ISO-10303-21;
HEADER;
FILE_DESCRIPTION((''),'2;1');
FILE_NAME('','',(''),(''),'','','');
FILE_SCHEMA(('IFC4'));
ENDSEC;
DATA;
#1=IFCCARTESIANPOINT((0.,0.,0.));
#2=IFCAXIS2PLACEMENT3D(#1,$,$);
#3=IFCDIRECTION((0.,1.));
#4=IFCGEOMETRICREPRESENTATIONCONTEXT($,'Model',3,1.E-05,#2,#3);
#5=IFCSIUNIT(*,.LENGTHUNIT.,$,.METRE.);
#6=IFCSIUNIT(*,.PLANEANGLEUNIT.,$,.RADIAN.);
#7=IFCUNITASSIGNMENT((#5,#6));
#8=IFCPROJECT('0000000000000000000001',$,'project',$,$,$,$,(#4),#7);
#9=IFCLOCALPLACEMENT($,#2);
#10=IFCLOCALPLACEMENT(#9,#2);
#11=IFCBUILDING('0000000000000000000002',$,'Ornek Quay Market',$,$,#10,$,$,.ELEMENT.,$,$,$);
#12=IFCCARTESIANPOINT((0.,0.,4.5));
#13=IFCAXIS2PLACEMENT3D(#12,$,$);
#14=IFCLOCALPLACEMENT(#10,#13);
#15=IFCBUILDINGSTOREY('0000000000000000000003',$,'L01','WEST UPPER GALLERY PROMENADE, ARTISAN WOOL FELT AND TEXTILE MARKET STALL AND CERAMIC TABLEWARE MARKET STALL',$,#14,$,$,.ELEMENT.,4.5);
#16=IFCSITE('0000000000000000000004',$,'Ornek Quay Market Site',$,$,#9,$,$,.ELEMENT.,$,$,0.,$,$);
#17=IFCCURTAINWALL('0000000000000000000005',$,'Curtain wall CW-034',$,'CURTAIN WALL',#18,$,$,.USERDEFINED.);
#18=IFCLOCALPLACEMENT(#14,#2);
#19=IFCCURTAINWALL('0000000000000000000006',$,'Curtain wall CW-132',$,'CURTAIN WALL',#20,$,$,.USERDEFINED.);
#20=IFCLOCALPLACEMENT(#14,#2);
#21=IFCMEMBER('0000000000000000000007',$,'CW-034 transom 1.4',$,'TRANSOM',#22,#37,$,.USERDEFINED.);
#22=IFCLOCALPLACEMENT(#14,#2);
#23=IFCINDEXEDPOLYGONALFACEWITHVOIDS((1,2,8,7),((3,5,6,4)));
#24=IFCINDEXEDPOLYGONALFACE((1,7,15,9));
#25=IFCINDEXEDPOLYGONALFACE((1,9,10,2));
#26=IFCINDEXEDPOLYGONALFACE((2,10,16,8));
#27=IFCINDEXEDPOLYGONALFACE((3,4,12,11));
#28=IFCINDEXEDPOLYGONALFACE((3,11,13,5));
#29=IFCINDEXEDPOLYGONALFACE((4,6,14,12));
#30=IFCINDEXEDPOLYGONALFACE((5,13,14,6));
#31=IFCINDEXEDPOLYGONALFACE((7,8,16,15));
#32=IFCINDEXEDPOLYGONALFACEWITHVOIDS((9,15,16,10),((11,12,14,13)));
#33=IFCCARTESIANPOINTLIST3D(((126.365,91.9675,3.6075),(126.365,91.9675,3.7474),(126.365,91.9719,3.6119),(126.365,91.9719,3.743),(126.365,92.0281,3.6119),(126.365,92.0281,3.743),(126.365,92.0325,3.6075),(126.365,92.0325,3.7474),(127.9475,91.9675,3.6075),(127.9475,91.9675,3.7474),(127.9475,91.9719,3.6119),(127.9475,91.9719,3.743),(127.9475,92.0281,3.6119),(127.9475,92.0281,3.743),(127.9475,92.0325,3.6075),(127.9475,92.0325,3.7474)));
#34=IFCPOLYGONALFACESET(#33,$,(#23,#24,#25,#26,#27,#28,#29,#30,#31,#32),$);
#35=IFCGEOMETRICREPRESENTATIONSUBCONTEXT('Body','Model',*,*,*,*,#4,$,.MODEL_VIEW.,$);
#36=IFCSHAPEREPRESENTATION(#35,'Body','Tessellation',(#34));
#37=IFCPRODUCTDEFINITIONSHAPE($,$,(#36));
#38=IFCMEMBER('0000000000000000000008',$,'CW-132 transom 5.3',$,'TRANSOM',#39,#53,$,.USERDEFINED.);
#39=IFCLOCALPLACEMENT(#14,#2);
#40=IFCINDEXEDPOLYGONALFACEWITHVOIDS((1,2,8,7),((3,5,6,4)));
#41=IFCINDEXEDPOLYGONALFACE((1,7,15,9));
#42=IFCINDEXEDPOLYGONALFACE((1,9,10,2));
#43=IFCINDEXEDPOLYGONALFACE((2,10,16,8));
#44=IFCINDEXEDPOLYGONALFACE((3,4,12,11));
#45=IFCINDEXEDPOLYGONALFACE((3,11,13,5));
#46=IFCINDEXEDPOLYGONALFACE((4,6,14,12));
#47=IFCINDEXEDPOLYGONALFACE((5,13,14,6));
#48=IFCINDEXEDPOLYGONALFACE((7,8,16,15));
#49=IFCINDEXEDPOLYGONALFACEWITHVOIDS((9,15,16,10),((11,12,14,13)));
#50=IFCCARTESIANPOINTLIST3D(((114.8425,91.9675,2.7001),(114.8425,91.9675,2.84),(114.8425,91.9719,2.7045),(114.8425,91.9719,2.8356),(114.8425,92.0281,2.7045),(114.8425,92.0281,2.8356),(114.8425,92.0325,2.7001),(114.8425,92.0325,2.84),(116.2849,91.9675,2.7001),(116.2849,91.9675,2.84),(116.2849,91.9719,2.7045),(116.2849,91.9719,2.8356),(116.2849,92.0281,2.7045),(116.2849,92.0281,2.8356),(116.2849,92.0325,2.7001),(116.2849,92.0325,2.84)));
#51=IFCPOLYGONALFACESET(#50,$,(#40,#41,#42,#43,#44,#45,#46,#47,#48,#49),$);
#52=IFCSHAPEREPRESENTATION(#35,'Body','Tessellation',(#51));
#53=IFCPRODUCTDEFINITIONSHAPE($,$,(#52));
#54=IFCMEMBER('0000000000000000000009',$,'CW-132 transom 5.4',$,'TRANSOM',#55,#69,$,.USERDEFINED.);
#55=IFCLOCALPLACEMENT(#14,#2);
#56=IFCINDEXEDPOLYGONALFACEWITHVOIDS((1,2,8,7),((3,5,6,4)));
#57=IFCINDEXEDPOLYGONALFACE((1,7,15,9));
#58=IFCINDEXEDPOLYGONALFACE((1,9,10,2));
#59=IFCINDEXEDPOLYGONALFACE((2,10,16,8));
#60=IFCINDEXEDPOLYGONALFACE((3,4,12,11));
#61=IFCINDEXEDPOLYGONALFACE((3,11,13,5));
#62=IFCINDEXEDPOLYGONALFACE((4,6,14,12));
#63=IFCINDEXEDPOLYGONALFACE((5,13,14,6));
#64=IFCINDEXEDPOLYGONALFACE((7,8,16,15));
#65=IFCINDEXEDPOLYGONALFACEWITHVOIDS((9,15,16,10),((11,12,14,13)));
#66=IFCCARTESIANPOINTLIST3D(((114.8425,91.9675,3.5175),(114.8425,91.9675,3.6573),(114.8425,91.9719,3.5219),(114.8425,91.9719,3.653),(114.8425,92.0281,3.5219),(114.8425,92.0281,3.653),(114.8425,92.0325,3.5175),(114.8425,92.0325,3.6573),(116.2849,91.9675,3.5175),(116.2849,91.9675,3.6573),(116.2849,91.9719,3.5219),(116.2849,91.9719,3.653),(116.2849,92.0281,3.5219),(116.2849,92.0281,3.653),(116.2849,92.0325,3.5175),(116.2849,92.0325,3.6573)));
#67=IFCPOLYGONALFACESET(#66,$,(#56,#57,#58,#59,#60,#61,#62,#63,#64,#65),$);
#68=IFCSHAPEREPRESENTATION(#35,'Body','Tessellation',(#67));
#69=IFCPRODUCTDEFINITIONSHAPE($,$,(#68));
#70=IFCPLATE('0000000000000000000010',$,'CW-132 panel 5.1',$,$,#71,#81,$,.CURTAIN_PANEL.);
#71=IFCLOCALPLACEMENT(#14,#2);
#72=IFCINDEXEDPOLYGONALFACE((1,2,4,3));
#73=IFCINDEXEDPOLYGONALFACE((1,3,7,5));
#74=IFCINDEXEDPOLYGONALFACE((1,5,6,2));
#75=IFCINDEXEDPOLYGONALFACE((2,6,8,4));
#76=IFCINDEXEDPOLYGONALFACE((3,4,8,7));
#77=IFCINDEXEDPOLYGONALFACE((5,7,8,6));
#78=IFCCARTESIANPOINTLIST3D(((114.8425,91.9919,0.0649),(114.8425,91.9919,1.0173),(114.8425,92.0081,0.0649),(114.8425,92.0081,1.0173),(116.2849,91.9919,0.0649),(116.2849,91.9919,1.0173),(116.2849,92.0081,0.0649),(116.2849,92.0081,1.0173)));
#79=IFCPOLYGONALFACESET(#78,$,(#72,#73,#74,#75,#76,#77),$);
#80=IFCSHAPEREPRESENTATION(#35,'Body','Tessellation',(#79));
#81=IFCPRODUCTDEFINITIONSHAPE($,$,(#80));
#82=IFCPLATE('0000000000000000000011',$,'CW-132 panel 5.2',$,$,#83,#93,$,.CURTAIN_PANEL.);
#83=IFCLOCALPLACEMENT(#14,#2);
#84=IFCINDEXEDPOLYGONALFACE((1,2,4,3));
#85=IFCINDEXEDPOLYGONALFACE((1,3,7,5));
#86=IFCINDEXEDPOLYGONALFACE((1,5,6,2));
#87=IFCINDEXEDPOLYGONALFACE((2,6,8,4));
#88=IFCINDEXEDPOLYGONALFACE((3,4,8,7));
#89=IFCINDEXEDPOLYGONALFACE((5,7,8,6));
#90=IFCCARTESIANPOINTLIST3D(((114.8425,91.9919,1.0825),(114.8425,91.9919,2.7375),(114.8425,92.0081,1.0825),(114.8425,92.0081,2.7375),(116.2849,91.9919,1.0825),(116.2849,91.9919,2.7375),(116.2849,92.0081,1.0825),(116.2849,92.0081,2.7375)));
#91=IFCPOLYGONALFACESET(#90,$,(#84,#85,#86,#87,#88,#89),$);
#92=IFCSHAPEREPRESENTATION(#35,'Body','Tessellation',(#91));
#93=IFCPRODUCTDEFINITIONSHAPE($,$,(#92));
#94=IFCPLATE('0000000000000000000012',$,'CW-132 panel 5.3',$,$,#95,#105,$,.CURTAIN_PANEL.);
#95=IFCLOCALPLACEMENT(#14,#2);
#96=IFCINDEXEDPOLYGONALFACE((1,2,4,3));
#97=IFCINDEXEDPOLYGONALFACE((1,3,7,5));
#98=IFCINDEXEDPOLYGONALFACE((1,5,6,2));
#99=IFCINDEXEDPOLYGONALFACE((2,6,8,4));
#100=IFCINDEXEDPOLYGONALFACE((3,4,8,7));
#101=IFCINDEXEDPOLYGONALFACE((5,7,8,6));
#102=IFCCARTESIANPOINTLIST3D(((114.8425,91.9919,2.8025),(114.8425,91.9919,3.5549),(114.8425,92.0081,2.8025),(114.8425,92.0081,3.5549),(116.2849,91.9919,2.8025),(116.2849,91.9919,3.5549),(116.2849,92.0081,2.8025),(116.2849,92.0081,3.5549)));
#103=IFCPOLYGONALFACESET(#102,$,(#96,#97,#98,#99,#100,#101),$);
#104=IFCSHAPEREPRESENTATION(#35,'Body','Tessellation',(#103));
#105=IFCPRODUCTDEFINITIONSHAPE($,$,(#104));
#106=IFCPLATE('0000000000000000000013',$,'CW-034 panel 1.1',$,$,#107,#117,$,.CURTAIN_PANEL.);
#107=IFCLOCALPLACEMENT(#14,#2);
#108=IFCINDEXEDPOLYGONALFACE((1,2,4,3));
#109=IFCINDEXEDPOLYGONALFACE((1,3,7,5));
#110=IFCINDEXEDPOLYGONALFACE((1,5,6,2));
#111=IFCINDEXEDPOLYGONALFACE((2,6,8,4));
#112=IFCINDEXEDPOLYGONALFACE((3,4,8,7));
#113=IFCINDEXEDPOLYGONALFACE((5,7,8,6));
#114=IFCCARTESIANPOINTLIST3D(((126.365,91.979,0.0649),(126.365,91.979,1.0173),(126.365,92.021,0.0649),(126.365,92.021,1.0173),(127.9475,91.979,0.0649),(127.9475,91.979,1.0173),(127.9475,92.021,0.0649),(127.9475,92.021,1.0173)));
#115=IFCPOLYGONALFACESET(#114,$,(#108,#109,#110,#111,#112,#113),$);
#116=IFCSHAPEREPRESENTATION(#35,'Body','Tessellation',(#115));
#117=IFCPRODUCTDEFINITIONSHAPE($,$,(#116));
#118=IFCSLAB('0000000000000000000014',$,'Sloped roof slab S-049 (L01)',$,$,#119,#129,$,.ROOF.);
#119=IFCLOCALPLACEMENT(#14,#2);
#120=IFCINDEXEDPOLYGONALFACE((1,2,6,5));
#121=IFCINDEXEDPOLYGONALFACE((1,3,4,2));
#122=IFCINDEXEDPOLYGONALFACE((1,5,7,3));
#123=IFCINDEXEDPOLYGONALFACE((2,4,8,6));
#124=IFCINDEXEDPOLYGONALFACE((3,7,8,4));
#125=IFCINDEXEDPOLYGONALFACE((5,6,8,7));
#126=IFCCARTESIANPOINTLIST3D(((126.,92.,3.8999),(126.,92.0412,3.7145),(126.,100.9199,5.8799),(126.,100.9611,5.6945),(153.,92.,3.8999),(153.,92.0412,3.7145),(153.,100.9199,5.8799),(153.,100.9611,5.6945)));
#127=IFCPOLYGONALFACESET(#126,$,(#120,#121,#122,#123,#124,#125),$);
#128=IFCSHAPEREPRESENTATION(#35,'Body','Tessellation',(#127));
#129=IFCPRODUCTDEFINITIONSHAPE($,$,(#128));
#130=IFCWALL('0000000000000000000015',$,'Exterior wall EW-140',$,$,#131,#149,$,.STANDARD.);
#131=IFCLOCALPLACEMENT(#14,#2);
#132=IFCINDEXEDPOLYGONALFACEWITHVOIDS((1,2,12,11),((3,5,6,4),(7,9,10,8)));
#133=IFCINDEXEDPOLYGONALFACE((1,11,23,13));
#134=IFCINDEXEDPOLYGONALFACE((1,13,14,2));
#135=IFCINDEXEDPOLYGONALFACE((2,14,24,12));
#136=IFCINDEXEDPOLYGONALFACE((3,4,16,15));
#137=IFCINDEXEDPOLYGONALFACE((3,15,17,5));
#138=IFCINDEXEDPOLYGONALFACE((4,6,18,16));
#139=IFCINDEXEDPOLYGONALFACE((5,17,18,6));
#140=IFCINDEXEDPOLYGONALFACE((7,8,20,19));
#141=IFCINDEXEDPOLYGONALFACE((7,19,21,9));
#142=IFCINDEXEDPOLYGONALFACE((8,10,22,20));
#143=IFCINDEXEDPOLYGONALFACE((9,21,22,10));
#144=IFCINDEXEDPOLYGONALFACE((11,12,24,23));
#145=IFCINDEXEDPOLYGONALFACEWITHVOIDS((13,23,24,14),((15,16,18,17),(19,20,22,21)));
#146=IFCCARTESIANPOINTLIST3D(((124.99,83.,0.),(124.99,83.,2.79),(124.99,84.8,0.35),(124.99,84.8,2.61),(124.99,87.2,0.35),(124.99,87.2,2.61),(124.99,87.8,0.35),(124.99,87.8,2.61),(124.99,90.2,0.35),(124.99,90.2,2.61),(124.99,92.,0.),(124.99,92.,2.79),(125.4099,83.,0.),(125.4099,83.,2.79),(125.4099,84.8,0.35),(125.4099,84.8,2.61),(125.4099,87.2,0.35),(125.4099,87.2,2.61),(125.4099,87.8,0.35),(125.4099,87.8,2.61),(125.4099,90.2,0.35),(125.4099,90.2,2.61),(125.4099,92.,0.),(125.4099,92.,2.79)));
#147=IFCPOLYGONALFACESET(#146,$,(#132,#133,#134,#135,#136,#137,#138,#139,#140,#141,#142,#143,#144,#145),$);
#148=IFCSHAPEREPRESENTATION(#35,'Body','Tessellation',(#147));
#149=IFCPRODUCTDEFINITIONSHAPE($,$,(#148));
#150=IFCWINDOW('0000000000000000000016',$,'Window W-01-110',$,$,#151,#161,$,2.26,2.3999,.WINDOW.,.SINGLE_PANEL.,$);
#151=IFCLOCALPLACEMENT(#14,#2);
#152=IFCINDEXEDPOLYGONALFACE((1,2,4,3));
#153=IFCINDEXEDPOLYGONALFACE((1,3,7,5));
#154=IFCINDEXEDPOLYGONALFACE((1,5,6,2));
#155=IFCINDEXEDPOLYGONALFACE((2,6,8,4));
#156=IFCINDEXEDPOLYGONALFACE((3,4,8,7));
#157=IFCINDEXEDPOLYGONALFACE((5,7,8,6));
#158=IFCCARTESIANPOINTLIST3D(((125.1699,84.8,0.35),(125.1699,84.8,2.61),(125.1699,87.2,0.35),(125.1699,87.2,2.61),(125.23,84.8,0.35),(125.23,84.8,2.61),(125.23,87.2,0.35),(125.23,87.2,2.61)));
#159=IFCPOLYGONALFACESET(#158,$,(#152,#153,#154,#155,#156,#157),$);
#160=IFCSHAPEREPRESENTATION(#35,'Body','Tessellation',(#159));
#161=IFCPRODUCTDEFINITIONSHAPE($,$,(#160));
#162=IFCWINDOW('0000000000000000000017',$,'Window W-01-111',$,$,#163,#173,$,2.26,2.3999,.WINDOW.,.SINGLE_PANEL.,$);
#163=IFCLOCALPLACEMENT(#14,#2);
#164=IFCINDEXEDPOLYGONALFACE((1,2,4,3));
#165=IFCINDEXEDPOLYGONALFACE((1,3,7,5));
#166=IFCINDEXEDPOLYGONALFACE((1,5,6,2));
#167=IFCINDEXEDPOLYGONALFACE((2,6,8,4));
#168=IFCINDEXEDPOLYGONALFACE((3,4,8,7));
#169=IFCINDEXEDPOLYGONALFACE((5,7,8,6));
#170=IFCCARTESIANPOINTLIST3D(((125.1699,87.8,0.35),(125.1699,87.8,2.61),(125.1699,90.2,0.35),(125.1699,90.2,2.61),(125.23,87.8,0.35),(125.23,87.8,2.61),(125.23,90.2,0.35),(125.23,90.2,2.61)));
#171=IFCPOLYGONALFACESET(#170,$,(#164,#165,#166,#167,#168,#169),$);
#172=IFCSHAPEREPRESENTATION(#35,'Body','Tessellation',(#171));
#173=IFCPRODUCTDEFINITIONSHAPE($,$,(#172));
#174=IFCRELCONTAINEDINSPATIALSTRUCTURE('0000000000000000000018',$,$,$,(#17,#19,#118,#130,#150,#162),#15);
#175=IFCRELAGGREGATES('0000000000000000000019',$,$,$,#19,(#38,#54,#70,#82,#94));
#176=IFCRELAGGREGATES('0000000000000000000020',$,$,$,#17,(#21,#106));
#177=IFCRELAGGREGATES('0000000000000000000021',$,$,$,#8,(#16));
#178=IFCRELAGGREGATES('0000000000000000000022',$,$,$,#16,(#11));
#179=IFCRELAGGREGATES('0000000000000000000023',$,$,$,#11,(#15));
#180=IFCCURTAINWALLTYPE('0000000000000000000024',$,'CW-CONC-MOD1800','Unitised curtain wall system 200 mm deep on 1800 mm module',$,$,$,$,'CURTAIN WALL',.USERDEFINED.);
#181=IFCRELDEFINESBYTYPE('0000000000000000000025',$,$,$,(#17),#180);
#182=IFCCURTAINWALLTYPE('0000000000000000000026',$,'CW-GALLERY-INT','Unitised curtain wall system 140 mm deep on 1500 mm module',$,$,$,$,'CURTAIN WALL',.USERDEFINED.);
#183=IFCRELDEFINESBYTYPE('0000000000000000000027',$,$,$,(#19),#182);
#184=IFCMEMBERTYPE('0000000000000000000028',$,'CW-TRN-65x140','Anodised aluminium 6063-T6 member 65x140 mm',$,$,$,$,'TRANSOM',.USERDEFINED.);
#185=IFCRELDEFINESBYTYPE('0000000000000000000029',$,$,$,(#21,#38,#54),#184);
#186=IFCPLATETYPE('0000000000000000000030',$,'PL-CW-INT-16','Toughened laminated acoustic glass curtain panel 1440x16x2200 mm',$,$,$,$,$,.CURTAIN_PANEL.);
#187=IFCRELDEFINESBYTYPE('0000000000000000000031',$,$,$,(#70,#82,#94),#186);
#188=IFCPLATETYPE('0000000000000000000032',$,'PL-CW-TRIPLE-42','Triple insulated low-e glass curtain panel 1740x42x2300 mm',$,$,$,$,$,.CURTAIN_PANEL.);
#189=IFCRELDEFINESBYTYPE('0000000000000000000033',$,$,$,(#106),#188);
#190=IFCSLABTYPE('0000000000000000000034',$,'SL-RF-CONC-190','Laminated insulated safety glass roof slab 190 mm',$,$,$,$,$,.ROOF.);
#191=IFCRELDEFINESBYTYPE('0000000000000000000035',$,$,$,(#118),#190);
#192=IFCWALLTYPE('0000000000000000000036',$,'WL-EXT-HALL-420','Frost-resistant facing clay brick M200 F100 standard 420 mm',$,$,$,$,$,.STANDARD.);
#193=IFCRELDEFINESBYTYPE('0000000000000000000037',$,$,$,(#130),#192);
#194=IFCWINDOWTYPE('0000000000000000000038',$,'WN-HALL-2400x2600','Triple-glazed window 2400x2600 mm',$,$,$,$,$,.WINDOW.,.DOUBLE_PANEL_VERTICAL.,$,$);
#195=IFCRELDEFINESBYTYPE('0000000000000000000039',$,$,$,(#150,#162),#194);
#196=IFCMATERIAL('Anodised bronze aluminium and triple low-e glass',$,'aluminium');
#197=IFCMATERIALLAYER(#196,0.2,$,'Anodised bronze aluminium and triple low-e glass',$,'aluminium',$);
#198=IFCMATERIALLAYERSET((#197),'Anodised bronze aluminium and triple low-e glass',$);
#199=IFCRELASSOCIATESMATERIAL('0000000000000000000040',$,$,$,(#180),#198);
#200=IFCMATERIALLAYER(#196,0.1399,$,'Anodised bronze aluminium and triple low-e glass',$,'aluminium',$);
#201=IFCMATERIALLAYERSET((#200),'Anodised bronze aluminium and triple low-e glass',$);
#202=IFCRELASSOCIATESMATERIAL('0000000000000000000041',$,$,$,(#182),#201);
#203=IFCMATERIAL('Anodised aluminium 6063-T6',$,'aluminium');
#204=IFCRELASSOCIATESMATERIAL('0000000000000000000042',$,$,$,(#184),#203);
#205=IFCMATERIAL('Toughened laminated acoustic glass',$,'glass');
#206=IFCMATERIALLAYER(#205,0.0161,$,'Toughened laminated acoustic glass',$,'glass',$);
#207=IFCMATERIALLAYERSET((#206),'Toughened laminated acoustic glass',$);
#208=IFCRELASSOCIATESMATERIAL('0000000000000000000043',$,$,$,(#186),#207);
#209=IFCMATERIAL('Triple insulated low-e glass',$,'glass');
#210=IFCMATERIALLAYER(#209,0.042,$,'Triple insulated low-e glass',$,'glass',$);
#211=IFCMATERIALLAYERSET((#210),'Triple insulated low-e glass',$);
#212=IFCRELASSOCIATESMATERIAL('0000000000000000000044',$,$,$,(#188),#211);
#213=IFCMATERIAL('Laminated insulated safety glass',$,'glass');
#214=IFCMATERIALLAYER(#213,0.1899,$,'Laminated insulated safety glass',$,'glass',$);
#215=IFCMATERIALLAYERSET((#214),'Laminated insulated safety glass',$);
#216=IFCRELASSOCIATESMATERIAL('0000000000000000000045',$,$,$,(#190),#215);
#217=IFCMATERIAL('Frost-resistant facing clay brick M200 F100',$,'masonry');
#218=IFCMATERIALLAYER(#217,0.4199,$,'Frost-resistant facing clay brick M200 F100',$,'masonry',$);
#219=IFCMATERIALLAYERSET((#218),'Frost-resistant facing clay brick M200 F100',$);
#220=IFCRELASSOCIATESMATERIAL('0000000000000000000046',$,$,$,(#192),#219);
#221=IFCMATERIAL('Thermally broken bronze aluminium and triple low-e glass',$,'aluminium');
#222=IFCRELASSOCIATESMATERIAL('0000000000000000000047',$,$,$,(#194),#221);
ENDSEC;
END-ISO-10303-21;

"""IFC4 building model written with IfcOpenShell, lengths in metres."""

from ifc_helpers import new_model, si_unit, direction, frame, frame_2d, origin, origin_2d, place, context, subcontext, project, spatial, polyline, rectangle, hollow_rectangle, outline, extrude, material, layer, layer_set, material_profile, profile_set, type_object, element, fill, aggregate, save


model = new_model("IFC4")

# Units and contexts
model_context = context("Model", 3, precision=1e-05, world=origin(), true_north=direction((0.0, 1.0)))
body_context = subcontext(model_context, "Body", "Model", "MODEL_VIEW")
ifc_project = project(units=[si_unit("LENGTHUNIT", "METRE"), si_unit("PLANEANGLEUNIT", "RADIAN")], contexts=[model_context])

# Site, building, storey
site_placement = place(None, origin())
site = spatial("IfcSite", under=ifc_project, at=site_placement, Name="Ornek Quay Market Site", CompositionType="ELEMENT", RefElevation=0.0)
building_placement = place(site_placement, origin())
building = spatial("IfcBuilding", under=site, at=building_placement, Name="Ornek Quay Market", CompositionType="ELEMENT")
storey_placement = place(building_placement, frame((0.0, 0.0, 4.5)))
storey = spatial("IfcBuildingStorey", under=building, at=storey_placement, Name="L01", Description="WEST UPPER GALLERY PROMENADE, ARTISAN WOOL FELT AND TEXTILE MARKET STALL AND CERAMIC TABLEWARE MARKET STALL", CompositionType="ELEMENT", Elevation=4.5)

# Curtain walls
ifc_material_1 = material(Name="Anodised bronze aluminium and triple low-e glass", Category="aluminium")
ifc_layer_1 = layer(ifc_material_1, 0.2, Name="Anodised bronze aluminium and triple low-e glass", Category="aluminium")
ifc_layer_set_1 = layer_set([ifc_layer_1], Name="Anodised bronze aluminium and triple low-e glass")
curtain_wall_type_1 = type_object("IfcCurtainWallType", Name="CW-CONC-MOD1800", Description="Unitised curtain wall system 200 mm deep on 1800 mm module", ElementType="CURTAIN WALL", PredefinedType="USERDEFINED", material=ifc_layer_set_1)
curtain_wall_1_placement = place(storey_placement, origin())
curtain_wall_1 = element("IfcCurtainWall", 1, at=curtain_wall_1_placement, inside=storey, type_object=curtain_wall_type_1, Name="Curtain wall CW-034", ObjectType="CURTAIN WALL", PredefinedType="USERDEFINED")
ifc_material_2 = material(Name="Anodised aluminium 6063-T6", Category="aluminium")
ifc_layer_2 = layer(ifc_material_1, 0.1399, Name="Anodised bronze aluminium and triple low-e glass", Category="aluminium")
ifc_layer_set_2 = layer_set([ifc_layer_2], Name="Anodised bronze aluminium and triple low-e glass")
curtain_wall_type_2 = type_object("IfcCurtainWallType", Name="CW-GALLERY-INT", Description="Unitised curtain wall system 140 mm deep on 1500 mm module", ElementType="CURTAIN WALL", PredefinedType="USERDEFINED", material=ifc_layer_set_2)
curtain_wall_2_placement = place(storey_placement, origin())
curtain_wall_2 = element("IfcCurtainWall", 2, at=curtain_wall_2_placement, inside=storey, type_object=curtain_wall_type_2, Name="Curtain wall CW-132", ObjectType="CURTAIN WALL", PredefinedType="USERDEFINED")

# Members
ifc_material_profile_1 = material_profile(ifc_material_2, hollow_rectangle(XDim=0.0649, YDim=0.1399, WallThickness=0.0044, at=origin_2d()), Name="CW-TRN-65x140", Category="aluminium")
ifc_profile_set_1 = profile_set([ifc_material_profile_1], Name="Anodised aluminium 6063-T6")
member_type_1 = type_object("IfcMemberType", Name="CW-TRN-65x140", Description="Anodised aluminium 6063-T6 member 65x140 mm", ElementType="TRANSOM", PredefinedType="USERDEFINED", material=ifc_profile_set_1)
member_1_placement = place(storey_placement, frame((126.365, 92.0, 3.6775), z_axis=(1.0, 0.0, 0.0), x_axis=(0.0, 1.0, 0.0)))
member_1 = element("IfcMember", 3, at=member_1_placement, type_object=member_type_1, Name="CW-034 transom 1.4", ObjectType="TRANSOM", PredefinedType="USERDEFINED", context=body_context, shape_type="SweptSolid", body=[
    extrude(hollow_rectangle(XDim=0.0649, YDim=0.1399, WallThickness=0.0044, at=origin_2d()), origin(), (0.0, 0.0, 1.0), 1.5825),
])
member_2_placement = place(storey_placement, frame((114.8425, 92.0, 2.77), z_axis=(1.0, 0.0, 0.0), x_axis=(0.0, 1.0, 0.0)))
member_2 = element("IfcMember", 4, at=member_2_placement, type_object=member_type_1, Name="CW-132 transom 5.3", ObjectType="TRANSOM", PredefinedType="USERDEFINED", context=body_context, shape_type="SweptSolid", body=[
    extrude(hollow_rectangle(XDim=0.0649, YDim=0.1399, WallThickness=0.0044, at=origin_2d()), origin(), (0.0, 0.0, 1.0), 1.4424),
])
member_3_placement = place(storey_placement, frame((114.8425, 92.0, 3.5874), z_axis=(1.0, 0.0, 0.0), x_axis=(0.0, 1.0, 0.0)))
member_3 = element("IfcMember", 5, at=member_3_placement, type_object=member_type_1, Name="CW-132 transom 5.4", ObjectType="TRANSOM", PredefinedType="USERDEFINED", context=body_context, shape_type="SweptSolid", body=[
    extrude(hollow_rectangle(XDim=0.0649, YDim=0.1399, WallThickness=0.0044, at=origin_2d()), origin(), (0.0, 0.0, 1.0), 1.4424),
])

# Plates
ifc_material_3 = material(Name="Toughened laminated acoustic glass", Category="glass")
ifc_layer_3 = layer(ifc_material_3, 0.0161, Name="Toughened laminated acoustic glass", Category="glass")
ifc_layer_set_3 = layer_set([ifc_layer_3], Name="Toughened laminated acoustic glass")
plate_type_1 = type_object("IfcPlateType", Name="PL-CW-INT-16", Description="Toughened laminated acoustic glass curtain panel 1440x16x2200 mm", PredefinedType="CURTAIN_PANEL", material=ifc_layer_set_3)
plate_1_placement = place(storey_placement, frame((115.5637, 92.0, 0.0649), z_axis=(0.0, 0.0, 1.0), x_axis=(1.0, 0.0, 0.0)))
plate_1 = element("IfcPlate", 6, at=plate_1_placement, type_object=plate_type_1, Name="CW-132 panel 5.1", PredefinedType="CURTAIN_PANEL", context=body_context, shape_type="SweptSolid", body=[
    extrude(rectangle(XDim=1.4424, YDim=0.0161, at=origin_2d()), origin(), (0.0, 0.0, 1.0), 0.9524),
])
plate_2_placement = place(storey_placement, frame((115.5637, 92.0, 1.0825), z_axis=(0.0, 0.0, 1.0), x_axis=(1.0, 0.0, 0.0)))
plate_2 = element("IfcPlate", 7, at=plate_2_placement, type_object=plate_type_1, Name="CW-132 panel 5.2", PredefinedType="CURTAIN_PANEL", context=body_context, shape_type="SweptSolid", body=[
    extrude(rectangle(XDim=1.4424, YDim=0.0161, at=origin_2d()), origin(), (0.0, 0.0, 1.0), 1.655),
])
plate_3_placement = place(storey_placement, frame((115.5637, 92.0, 2.8025), z_axis=(0.0, 0.0, 1.0), x_axis=(1.0, 0.0, 0.0)))
plate_3 = element("IfcPlate", 8, at=plate_3_placement, type_object=plate_type_1, Name="CW-132 panel 5.3", PredefinedType="CURTAIN_PANEL", context=body_context, shape_type="SweptSolid", body=[
    extrude(rectangle(XDim=1.4424, YDim=0.0161, at=origin_2d()), origin(), (0.0, 0.0, 1.0), 0.7524),
])
aggregate(curtain_wall_2, [member_2, member_3, plate_1, plate_2, plate_3])
ifc_material_4 = material(Name="Triple insulated low-e glass", Category="glass")
ifc_layer_4 = layer(ifc_material_4, 0.042, Name="Triple insulated low-e glass", Category="glass")
ifc_layer_set_4 = layer_set([ifc_layer_4], Name="Triple insulated low-e glass")
plate_type_2 = type_object("IfcPlateType", Name="PL-CW-TRIPLE-42", Description="Triple insulated low-e glass curtain panel 1740x42x2300 mm", PredefinedType="CURTAIN_PANEL", material=ifc_layer_set_4)
plate_4_placement = place(storey_placement, frame((127.1562, 92.0, 0.0649), z_axis=(0.0, 0.0, 1.0), x_axis=(1.0, 0.0, 0.0)))
plate_4 = element("IfcPlate", 9, at=plate_4_placement, type_object=plate_type_2, Name="CW-034 panel 1.1", PredefinedType="CURTAIN_PANEL", context=body_context, shape_type="SweptSolid", body=[
    extrude(rectangle(XDim=1.5825, YDim=0.042, at=origin_2d()), origin(), (0.0, 0.0, 1.0), 0.9524),
])
aggregate(curtain_wall_1, [member_1, plate_4])

# Slab
ifc_material_5 = material(Name="Laminated insulated safety glass", Category="glass")
ifc_layer_5 = layer(ifc_material_5, 0.1899, Name="Laminated insulated safety glass", Category="glass")
ifc_layer_set_5 = layer_set([ifc_layer_5], Name="Laminated insulated safety glass")
slab_type = type_object("IfcSlabType", Name="SL-RF-CONC-190", Description="Laminated insulated safety glass roof slab 190 mm", PredefinedType="ROOF", material=ifc_layer_set_5)
slab_placement = place(storey_placement, frame((126.0, 92.0, 3.8999), z_axis=(0.0, -0.216698, 0.976239), x_axis=(1.0, 0.0, 0.0)))
element("IfcSlab", 10, at=slab_placement, inside=storey, type_object=slab_type, Name="Sloped roof slab S-049 (L01)", PredefinedType="ROOF", context=body_context, shape_type="SweptSolid", body=[
    extrude(outline(polyline([(0.0, 0.0), (27.0, 0.0), (27.0, 9.137), (0.0, 9.137), (0.0, 0.0)])), origin(), (0.0, 0.0, -1.0), 0.1899),
])

# Wall, openings, windows
ifc_material_6 = material(Name="Frost-resistant facing clay brick M200 F100", Category="masonry")
ifc_layer_6 = layer(ifc_material_6, 0.4199, Name="Frost-resistant facing clay brick M200 F100", Category="masonry")
ifc_layer_set_6 = layer_set([ifc_layer_6], Name="Frost-resistant facing clay brick M200 F100")
wall_type = type_object("IfcWallType", Name="WL-EXT-HALL-420", Description="Frost-resistant facing clay brick M200 F100 standard 420 mm", PredefinedType="STANDARD", material=ifc_layer_set_6)
wall_placement = place(storey_placement, frame((125.2, 83.0, 0.0), z_axis=(0.0, 0.0, 1.0), x_axis=(0.0, 1.0, 0.0)))
wall = element("IfcWall", 11, at=wall_placement, inside=storey, type_object=wall_type, Name="Exterior wall EW-140", PredefinedType="STANDARD", context=body_context, shape_type="SweptSolid", body=[
    extrude(rectangle(XDim=9.0, YDim=0.4199, at=frame_2d((4.5, 0.0))), origin(), (0.0, 0.0, 1.0), 2.79),
])
opening_1_placement = place(wall_placement, frame((1.8, 0.0, 0.3501)))
opening_1 = element("IfcOpeningElement", 12, at=opening_1_placement, cuts=wall, PredefinedType="OPENING", context=body_context, shape_type="SweptSolid", body=[
    extrude(rectangle(XDim=2.3999, YDim=2.26, at=frame_2d((1.2, 1.1299))), frame((0.0, 0.22, 0.0), z_axis=(0.0, -1.0, 0.0), x_axis=(1.0, 0.0, 0.0)), (0.0, 0.0, 1.0), 0.4399),
])
opening_2_placement = place(wall_placement, frame((4.8, 0.0, 0.3501)))
opening_2 = element("IfcOpeningElement", 13, at=opening_2_placement, cuts=wall, PredefinedType="OPENING", context=body_context, shape_type="SweptSolid", body=[
    extrude(rectangle(XDim=2.3999, YDim=2.26, at=frame_2d((1.2, 1.1299))), frame((0.0, 0.22, 0.0), z_axis=(0.0, -1.0, 0.0), x_axis=(1.0, 0.0, 0.0)), (0.0, 0.0, 1.0), 0.4399),
])
ifc_material_7 = material(Name="Thermally broken bronze aluminium and triple low-e glass", Category="aluminium")
window_type = type_object("IfcWindowType", Name="WN-HALL-2400x2600", Description="Triple-glazed window 2400x2600 mm", PartitioningType="DOUBLE_PANEL_VERTICAL", PredefinedType="WINDOW", material=ifc_material_7)
window_1_placement = place(opening_1_placement, origin())
window_1 = element("IfcWindow", 14, at=window_1_placement, inside=storey, type_object=window_type, Name="Window W-01-110", OverallHeight=2.26, OverallWidth=2.3999, PartitioningType="SINGLE_PANEL", PredefinedType="WINDOW", context=body_context, shape_type="SweptSolid", body=[
    extrude(rectangle(XDim=2.3999, YDim=2.26, at=frame_2d((1.2, 1.1299))), frame((0.0, 0.03, 0.0), z_axis=(0.0, -1.0, 0.0), x_axis=(1.0, 0.0, 0.0)), (0.0, 0.0, 1.0), 0.0601),
])
fill(opening_1, window_1)
window_2_placement = place(opening_2_placement, origin())
window_2 = element("IfcWindow", 15, at=window_2_placement, inside=storey, type_object=window_type, Name="Window W-01-111", OverallHeight=2.26, OverallWidth=2.3999, PartitioningType="SINGLE_PANEL", PredefinedType="WINDOW", context=body_context, shape_type="SweptSolid", body=[
    extrude(rectangle(XDim=2.3999, YDim=2.26, at=frame_2d((1.2, 1.1299))), frame((0.0, 0.03, 0.0), z_axis=(0.0, -1.0, 0.0), x_axis=(1.0, 0.0, 0.0)), (0.0, 0.0, 1.0), 0.0601),
])
fill(opening_2, window_2)

save(model, "model.ifc")
